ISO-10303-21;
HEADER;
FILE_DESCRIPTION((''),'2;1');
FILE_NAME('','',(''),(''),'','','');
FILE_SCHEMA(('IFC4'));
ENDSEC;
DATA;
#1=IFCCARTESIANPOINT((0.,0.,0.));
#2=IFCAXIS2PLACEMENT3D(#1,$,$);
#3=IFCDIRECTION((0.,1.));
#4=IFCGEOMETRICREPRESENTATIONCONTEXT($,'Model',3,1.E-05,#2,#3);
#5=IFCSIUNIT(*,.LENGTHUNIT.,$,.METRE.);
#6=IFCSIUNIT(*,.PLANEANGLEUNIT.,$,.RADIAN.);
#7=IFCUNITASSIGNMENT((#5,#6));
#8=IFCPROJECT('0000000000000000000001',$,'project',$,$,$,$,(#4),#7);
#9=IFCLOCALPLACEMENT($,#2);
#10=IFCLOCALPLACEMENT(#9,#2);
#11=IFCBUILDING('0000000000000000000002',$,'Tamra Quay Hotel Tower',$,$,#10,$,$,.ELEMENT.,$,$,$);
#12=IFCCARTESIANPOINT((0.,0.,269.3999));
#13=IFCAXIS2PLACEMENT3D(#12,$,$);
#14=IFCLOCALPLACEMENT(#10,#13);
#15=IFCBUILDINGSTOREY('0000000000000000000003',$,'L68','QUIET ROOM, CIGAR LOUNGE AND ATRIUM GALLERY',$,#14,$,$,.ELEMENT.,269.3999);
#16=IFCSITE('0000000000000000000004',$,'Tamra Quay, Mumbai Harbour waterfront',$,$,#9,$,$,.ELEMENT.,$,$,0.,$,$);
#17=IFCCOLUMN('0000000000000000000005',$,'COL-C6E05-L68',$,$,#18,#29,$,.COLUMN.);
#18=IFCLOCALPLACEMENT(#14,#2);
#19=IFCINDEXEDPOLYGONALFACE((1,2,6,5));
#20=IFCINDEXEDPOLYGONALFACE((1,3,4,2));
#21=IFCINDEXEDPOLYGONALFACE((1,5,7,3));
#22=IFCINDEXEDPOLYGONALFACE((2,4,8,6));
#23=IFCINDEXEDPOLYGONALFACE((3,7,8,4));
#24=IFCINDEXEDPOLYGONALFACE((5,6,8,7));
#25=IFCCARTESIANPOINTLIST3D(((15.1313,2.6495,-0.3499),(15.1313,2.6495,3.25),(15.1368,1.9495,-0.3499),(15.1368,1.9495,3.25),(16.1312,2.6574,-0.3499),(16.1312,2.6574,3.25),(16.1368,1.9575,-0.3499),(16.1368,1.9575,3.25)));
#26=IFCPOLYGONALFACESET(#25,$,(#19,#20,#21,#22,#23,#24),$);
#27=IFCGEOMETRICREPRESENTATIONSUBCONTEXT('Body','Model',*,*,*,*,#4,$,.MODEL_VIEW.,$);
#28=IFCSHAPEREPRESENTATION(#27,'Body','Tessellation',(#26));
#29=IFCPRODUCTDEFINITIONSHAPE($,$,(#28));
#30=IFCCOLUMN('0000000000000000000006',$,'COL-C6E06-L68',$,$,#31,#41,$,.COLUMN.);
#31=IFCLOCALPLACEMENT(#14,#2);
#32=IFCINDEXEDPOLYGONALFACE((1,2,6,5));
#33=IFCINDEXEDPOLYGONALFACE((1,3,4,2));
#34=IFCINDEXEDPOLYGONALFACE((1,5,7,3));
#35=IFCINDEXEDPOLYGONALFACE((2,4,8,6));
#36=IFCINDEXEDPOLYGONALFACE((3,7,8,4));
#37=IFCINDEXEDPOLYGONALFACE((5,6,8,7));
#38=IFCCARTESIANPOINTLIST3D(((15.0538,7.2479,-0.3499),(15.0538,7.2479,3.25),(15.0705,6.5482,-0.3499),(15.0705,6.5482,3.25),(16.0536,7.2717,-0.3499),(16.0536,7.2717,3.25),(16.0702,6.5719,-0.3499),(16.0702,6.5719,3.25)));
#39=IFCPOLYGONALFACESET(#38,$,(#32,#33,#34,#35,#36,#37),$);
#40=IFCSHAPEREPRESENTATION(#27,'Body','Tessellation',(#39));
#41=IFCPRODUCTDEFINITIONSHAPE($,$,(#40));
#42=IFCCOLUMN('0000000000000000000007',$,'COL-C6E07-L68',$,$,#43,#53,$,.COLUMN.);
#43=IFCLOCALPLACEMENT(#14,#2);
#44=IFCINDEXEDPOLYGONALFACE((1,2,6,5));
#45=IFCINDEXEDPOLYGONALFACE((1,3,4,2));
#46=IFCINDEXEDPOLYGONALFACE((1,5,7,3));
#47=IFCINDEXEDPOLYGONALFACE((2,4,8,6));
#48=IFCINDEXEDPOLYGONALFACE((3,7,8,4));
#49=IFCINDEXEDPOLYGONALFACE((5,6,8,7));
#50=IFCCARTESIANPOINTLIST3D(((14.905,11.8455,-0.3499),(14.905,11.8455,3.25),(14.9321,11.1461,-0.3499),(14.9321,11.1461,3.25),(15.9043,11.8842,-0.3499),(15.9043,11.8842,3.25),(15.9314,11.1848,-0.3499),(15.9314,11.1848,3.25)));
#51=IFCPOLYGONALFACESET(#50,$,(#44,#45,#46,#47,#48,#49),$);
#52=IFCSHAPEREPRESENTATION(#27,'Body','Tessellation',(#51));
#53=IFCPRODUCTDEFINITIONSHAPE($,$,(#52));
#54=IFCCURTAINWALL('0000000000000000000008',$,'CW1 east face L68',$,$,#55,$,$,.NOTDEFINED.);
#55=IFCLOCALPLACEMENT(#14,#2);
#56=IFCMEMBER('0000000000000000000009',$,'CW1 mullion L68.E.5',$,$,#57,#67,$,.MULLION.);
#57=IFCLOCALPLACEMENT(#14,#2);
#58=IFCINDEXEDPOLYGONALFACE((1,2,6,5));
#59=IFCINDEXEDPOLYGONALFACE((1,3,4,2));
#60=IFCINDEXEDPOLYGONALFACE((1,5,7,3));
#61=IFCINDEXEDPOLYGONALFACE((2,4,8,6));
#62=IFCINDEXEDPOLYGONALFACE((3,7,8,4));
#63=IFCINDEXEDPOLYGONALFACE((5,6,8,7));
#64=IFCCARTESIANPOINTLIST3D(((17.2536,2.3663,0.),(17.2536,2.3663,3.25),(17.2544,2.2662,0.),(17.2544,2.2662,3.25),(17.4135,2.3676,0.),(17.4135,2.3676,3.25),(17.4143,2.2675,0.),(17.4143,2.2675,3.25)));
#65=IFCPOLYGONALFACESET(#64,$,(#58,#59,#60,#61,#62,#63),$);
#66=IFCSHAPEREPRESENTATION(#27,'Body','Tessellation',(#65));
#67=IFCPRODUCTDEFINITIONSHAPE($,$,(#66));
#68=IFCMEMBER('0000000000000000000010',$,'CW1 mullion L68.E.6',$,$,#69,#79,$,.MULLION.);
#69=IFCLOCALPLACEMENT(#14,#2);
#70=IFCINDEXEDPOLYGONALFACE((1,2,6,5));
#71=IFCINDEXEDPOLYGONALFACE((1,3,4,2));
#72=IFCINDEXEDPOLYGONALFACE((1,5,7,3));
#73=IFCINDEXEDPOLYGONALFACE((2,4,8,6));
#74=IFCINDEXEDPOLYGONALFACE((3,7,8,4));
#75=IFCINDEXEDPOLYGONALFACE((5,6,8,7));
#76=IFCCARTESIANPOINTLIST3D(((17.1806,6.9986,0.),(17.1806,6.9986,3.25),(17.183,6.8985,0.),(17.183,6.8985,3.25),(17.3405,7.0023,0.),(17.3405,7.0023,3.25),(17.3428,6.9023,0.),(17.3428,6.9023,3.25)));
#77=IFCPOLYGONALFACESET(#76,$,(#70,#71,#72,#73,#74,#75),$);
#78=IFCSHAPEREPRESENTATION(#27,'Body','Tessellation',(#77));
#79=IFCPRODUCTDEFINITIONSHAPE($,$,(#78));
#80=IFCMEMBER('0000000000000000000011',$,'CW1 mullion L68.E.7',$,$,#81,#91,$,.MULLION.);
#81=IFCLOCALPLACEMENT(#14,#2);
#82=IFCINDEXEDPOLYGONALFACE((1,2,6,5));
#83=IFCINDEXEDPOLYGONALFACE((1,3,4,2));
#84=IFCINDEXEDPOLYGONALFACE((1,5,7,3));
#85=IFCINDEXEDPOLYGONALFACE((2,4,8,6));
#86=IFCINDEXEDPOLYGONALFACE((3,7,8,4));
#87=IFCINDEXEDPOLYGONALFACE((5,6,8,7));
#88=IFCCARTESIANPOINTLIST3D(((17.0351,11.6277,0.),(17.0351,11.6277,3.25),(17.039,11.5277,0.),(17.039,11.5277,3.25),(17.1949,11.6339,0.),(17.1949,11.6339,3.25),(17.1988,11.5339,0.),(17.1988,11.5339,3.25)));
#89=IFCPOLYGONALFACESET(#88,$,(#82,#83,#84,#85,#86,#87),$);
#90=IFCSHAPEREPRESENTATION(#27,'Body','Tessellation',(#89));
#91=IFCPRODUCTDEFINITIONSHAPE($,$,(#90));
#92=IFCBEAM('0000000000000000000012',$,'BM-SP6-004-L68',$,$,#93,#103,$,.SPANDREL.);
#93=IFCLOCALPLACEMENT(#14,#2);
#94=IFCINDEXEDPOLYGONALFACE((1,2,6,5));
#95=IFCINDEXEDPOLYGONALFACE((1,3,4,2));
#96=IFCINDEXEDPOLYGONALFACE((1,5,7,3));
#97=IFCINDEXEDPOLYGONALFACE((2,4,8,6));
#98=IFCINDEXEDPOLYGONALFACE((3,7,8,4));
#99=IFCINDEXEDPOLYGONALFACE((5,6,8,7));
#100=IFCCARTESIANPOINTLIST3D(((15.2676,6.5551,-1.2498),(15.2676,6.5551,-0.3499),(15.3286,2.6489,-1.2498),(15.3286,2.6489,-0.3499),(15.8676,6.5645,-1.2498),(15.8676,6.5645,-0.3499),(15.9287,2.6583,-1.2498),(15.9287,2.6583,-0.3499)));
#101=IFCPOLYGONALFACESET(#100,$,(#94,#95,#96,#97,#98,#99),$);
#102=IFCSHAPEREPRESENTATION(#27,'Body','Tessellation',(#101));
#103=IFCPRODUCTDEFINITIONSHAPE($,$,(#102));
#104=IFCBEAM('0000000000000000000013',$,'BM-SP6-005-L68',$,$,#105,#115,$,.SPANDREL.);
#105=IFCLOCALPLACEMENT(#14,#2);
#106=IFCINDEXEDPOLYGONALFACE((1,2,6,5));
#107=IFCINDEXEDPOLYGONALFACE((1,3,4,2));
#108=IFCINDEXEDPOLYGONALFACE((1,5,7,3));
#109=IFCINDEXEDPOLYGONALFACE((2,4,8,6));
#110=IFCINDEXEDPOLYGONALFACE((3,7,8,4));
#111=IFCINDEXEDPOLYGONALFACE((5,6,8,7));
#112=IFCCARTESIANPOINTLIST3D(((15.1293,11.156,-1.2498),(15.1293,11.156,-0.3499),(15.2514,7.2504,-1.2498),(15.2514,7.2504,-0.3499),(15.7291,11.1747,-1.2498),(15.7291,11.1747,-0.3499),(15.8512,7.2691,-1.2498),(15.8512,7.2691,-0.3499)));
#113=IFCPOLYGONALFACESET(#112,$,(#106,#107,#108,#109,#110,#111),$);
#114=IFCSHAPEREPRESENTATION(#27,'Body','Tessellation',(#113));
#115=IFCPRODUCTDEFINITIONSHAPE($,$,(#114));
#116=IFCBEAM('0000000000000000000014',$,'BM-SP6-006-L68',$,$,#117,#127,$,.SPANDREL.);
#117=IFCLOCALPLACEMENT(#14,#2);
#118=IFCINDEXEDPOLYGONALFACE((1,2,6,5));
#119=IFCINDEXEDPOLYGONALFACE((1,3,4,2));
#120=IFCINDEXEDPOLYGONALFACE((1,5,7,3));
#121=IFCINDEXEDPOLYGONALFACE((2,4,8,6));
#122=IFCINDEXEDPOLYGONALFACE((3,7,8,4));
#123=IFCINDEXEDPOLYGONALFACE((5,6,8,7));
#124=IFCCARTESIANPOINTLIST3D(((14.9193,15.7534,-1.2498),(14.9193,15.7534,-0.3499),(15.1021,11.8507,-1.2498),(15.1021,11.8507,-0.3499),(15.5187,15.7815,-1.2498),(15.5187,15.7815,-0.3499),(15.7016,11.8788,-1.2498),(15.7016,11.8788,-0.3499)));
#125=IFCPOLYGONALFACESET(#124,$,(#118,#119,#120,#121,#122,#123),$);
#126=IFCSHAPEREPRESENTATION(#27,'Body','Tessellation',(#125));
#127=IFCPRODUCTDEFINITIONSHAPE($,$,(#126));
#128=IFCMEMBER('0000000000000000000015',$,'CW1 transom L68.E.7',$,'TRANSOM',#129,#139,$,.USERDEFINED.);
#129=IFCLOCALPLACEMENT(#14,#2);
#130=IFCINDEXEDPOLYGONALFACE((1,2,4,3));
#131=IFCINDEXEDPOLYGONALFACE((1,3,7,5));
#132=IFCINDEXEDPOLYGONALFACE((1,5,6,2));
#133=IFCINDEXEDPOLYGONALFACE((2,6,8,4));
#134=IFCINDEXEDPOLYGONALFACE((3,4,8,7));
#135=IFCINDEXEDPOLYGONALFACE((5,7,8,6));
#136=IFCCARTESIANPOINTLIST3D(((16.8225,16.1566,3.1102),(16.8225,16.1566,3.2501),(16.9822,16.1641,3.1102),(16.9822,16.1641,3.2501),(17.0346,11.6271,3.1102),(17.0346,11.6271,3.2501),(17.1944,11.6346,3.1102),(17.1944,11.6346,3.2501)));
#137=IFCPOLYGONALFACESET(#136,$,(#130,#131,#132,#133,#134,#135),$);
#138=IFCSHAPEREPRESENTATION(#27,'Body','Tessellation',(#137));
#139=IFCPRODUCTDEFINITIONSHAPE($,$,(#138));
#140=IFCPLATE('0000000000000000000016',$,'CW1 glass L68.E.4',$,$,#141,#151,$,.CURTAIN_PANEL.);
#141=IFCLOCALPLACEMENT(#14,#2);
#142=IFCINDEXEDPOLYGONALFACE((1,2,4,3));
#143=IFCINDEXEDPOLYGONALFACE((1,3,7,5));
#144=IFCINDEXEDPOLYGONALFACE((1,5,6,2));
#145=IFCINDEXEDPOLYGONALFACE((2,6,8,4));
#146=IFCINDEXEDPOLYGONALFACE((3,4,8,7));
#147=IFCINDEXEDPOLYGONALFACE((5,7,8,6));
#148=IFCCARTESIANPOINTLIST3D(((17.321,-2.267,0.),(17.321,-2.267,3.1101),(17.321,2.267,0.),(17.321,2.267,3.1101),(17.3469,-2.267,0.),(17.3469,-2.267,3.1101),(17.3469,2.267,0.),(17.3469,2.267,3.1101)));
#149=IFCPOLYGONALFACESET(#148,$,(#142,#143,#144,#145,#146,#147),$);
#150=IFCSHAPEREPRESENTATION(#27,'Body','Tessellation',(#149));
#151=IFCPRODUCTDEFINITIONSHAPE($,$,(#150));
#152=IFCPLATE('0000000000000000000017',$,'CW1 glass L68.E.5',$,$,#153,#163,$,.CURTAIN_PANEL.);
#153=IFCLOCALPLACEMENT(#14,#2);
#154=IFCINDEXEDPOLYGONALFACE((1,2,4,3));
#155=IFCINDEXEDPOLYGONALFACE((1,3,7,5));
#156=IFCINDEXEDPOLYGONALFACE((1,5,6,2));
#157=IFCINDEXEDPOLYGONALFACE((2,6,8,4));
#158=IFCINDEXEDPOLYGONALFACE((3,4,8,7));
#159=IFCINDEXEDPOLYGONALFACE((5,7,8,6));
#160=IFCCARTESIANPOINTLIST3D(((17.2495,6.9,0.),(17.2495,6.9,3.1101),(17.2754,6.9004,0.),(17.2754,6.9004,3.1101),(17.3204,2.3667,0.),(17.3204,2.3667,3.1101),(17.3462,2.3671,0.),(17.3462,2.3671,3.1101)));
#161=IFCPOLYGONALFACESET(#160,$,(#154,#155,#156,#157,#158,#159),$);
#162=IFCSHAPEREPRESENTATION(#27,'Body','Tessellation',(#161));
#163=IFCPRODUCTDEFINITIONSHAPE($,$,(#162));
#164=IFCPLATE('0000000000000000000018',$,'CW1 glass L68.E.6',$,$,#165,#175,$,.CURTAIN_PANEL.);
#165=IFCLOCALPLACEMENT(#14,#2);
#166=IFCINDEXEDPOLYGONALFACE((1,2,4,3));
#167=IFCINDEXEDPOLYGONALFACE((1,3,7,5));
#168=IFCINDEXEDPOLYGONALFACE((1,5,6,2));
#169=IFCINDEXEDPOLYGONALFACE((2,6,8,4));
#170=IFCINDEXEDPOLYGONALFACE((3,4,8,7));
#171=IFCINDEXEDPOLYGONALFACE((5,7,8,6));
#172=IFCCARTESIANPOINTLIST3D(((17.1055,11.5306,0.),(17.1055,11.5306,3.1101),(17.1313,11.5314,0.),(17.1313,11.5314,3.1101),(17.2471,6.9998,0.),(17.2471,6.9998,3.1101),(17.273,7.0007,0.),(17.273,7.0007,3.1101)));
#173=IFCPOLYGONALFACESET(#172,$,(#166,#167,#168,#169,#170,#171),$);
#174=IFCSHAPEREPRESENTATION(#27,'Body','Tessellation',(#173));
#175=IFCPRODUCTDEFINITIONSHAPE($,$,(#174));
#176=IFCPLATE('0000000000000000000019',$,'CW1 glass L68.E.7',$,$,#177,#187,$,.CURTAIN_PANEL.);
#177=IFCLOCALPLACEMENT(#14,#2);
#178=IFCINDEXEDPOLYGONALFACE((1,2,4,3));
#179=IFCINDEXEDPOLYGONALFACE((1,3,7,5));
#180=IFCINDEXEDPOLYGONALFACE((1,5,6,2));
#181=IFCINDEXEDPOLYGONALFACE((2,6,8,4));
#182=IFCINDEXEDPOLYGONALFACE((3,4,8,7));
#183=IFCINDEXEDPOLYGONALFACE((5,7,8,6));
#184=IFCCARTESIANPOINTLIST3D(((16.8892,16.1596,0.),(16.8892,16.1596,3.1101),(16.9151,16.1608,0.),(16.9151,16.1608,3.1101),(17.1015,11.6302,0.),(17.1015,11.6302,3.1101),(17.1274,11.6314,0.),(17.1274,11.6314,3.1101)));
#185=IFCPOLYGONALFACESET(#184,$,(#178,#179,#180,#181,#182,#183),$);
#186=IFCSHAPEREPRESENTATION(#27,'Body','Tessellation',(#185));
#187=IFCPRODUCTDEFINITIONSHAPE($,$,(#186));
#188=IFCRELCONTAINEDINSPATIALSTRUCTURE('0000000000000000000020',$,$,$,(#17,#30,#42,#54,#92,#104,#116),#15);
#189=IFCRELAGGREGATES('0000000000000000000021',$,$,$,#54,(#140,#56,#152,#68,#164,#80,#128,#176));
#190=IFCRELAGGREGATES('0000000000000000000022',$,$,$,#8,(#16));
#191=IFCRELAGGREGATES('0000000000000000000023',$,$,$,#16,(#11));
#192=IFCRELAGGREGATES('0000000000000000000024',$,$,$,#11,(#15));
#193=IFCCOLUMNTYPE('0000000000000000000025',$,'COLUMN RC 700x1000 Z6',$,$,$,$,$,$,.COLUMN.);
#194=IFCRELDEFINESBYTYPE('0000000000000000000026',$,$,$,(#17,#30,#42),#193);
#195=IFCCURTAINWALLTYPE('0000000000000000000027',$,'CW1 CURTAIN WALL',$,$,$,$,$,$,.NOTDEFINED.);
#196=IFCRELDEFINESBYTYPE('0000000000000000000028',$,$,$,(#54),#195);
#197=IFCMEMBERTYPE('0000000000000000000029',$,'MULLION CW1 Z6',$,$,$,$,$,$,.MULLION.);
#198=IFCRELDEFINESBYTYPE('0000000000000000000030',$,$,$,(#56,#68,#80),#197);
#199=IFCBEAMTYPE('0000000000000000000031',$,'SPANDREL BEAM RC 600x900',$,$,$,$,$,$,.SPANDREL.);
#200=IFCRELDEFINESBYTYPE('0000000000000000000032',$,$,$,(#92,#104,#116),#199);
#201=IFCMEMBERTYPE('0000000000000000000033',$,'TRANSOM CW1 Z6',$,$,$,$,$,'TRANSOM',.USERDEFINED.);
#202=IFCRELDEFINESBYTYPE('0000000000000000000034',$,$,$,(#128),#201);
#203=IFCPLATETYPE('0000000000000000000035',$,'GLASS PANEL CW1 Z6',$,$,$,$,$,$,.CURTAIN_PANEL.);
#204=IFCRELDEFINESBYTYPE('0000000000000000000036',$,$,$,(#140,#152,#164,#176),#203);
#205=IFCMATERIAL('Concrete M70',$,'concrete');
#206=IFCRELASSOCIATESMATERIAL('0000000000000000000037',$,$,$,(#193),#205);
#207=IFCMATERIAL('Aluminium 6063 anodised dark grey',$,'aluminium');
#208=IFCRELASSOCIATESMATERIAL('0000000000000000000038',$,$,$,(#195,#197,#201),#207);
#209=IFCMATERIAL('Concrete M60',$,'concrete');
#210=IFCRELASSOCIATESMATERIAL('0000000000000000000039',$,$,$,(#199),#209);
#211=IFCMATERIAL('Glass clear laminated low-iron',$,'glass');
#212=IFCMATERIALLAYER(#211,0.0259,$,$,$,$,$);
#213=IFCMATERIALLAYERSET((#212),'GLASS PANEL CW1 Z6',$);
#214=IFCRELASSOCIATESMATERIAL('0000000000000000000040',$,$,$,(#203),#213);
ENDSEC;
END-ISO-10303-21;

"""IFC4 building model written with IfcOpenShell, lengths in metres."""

from ifc_helpers import new_model, si_unit, direction, frame, origin, origin_2d, place, context, subcontext, project, spatial, rectangle, extrude, material, layer, layer_set, material_profile, profile_set, type_object, element, aggregate, save


model = new_model("IFC4")

# Units and contexts
model_context = context("Model", 3, precision=1e-05, world=origin(), true_north=direction((0.0, 1.0)))
body_context = subcontext(model_context, "Body", "Model", "MODEL_VIEW")
ifc_project = project(units=[si_unit("LENGTHUNIT", "METRE"), si_unit("PLANEANGLEUNIT", "RADIAN")], contexts=[model_context])

# Site, building, storey
site_placement = place(None, origin())
site = spatial("IfcSite", under=ifc_project, at=site_placement, Name="Tamra Quay, Mumbai Harbour waterfront", CompositionType="ELEMENT", RefElevation=0.0)
building_placement = place(site_placement, origin())
building = spatial("IfcBuilding", under=site, at=building_placement, Name="Tamra Quay Hotel Tower", CompositionType="ELEMENT")
storey_placement = place(building_placement, frame((0.0, 0.0, 269.3999)))
storey = spatial("IfcBuildingStorey", under=building, at=storey_placement, Name="L68", Description="QUIET ROOM, CIGAR LOUNGE AND ATRIUM GALLERY", CompositionType="ELEMENT", Elevation=269.3999)

# Columns
ifc_material_1 = material(Name="Concrete M70", Category="concrete")
ifc_material_profile_1 = material_profile(ifc_material_1, rectangle(XDim=1.0, YDim=0.7, at=origin_2d()), Name="COLUMN RC 700x1000 Z6")
ifc_profile_set_1 = profile_set([ifc_material_profile_1], Name="Concrete M70")
column_type = type_object("IfcColumnType", Name="COLUMN RC 700x1000 Z6", PredefinedType="COLUMN", material=ifc_profile_set_1)
for number, where, z_axis, x_axis, name in (
    (1, (15.634, 2.3035, -0.3499), (0.0, 0.0, 1.0), (0.999969, 0.00792, 0.0), "COL-C6E05-L68"),
    (2, (15.562, 6.9099, -0.3499), (0.0, 0.0, 1.0), (0.999718, 0.023753, 0.0), "COL-C6E06-L68"),
    (3, (15.4182, 11.5151, -0.3499), (0.0, 0.0, 1.0), (0.999251, 0.038691, 0.0), "COL-C6E07-L68"),
):
    element("IfcColumn", number, at=place(storey_placement, frame(where, z_axis=z_axis, x_axis=x_axis)), inside=storey, type_object=column_type, Name=name, PredefinedType="COLUMN", context=body_context, shape_type="SweptSolid", body=[
        extrude(rectangle(XDim=1.0, YDim=0.7, at=origin_2d()), origin(), (0.0, 0.0, 1.0), 3.5999),
    ])

# Curtain wall, members
ifc_material_2 = material(Name="Aluminium 6063 anodised dark grey", Category="aluminium")
curtain_wall_type = type_object("IfcCurtainWallType", Name="CW1 CURTAIN WALL", PredefinedType="NOTDEFINED", material=ifc_material_2)
curtain_wall_placement = place(storey_placement, origin())
curtain_wall = element("IfcCurtainWall", 4, at=curtain_wall_placement, inside=storey, type_object=curtain_wall_type, Name="CW1 east face L68", PredefinedType="NOTDEFINED")
ifc_material_profile_2 = material_profile(ifc_material_2, rectangle(XDim=0.1599, YDim=0.1001, at=origin_2d()), Name="MULLION 100X160")
ifc_profile_set_2 = profile_set([ifc_material_profile_2], Name="Aluminium 6063 anodised dark grey")
member_type_1 = type_object("IfcMemberType", Name="MULLION CW1 Z6", PredefinedType="MULLION", material=ifc_profile_set_2)
member_1_placement = place(storey_placement, frame((17.334, 2.3169, 0.0), z_axis=(0.0, 0.0, 1.0), x_axis=(0.999969, 0.007816, 0.0)))
member_1 = element("IfcMember", 5, at=member_1_placement, type_object=member_type_1, Name="CW1 mullion L68.E.5", PredefinedType="MULLION", context=body_context, shape_type="SweptSolid", body=[
    extrude(rectangle(XDim=0.1599, YDim=0.1001, at=origin_2d()), origin(), (0.0, 0.0, 1.0), 3.25),
])
member_2_placement = place(storey_placement, frame((17.2617, 6.9504, 0.0), z_axis=(0.0, 0.0, 1.0), x_axis=(0.999725, 0.023438, 0.0)))
member_2 = element("IfcMember", 6, at=member_2_placement, type_object=member_type_1, Name="CW1 mullion L68.E.6", PredefinedType="MULLION", context=body_context, shape_type="SweptSolid", body=[
    extrude(rectangle(XDim=0.1599, YDim=0.1001, at=origin_2d()), origin(), (0.0, 0.0, 1.0), 3.25),
])
member_3_placement = place(storey_placement, frame((17.1169, 11.5808, 0.0), z_axis=(0.0, 0.0, 1.0), x_axis=(0.999238, 0.039033, 0.0)))
member_3 = element("IfcMember", 7, at=member_3_placement, type_object=member_type_1, Name="CW1 mullion L68.E.7", PredefinedType="MULLION", context=body_context, shape_type="SweptSolid", body=[
    extrude(rectangle(XDim=0.1599, YDim=0.1001, at=origin_2d()), origin(), (0.0, 0.0, 1.0), 3.25),
])

# Beams
ifc_material_3 = material(Name="Concrete M60", Category="concrete")
ifc_material_profile_3 = material_profile(ifc_material_3, rectangle(XDim=0.6001, YDim=0.8999, at=origin_2d()), Name="SPANDREL BEAM RC 600x900")
ifc_profile_set_3 = profile_set([ifc_material_profile_3], Name="Concrete M60")
beam_type = type_object("IfcBeamType", Name="SPANDREL BEAM RC 600x900", PredefinedType="SPANDREL", material=ifc_profile_set_3)
beam_1_placement = place(storey_placement, frame((15.6287, 2.6536, -0.7998), z_axis=(-0.015623, 0.999878, 0.0), x_axis=(-0.999878, -0.015623, 0.0)))
element("IfcBeam", 8, at=beam_1_placement, inside=storey, type_object=beam_type, Name="BM-SP6-004-L68", PredefinedType="SPANDREL", context=body_context, shape_type="SweptSolid", body=[
    extrude(rectangle(XDim=0.6001, YDim=0.8999, at=origin_2d()), origin(), (0.0, 0.0, 1.0), 3.9067),
])
beam_2_placement = place(storey_placement, frame((15.5513, 7.2598, -0.7998), z_axis=(-0.031241, 0.999512, 0.0), x_axis=(-0.999512, -0.031241, 0.0)))
element("IfcBeam", 9, at=beam_2_placement, inside=storey, type_object=beam_type, Name="BM-SP6-005-L68", PredefinedType="SPANDREL", context=body_context, shape_type="SweptSolid", body=[
    extrude(rectangle(XDim=0.6001, YDim=0.8999, at=origin_2d()), origin(), (0.0, 0.0, 1.0), 3.9075),
])
beam_3_placement = place(storey_placement, frame((15.4019, 11.8647, -0.7998), z_axis=(-0.046805, 0.998904, 0.0), x_axis=(-0.998904, -0.046805, 0.0)))
element("IfcBeam", 10, at=beam_3_placement, inside=storey, type_object=beam_type, Name="BM-SP6-006-L68", PredefinedType="SPANDREL", context=body_context, shape_type="SweptSolid", body=[
    extrude(rectangle(XDim=0.6001, YDim=0.8999, at=origin_2d()), origin(), (0.0, 0.0, 1.0), 3.907),
])

# Member
ifc_material_profile_4 = material_profile(ifc_material_2, rectangle(XDim=0.1599, YDim=0.1399, at=origin_2d()), Name="TRANSOM 160X140")
ifc_profile_set_4 = profile_set([ifc_material_profile_4], Name="Aluminium 6063 anodised dark grey")
member_type_2 = type_object("IfcMemberType", Name="TRANSOM CW1 Z6", ElementType="TRANSOM", PredefinedType="USERDEFINED", material=ifc_profile_set_4)
member_4_placement = place(storey_placement, frame((17.1145, 11.6309, 3.1802), z_axis=(-0.046787, 0.998905, 0.0), x_axis=(-0.998905, -0.046787, 0.0)))
member_4 = element("IfcMember", 11, at=member_4_placement, type_object=member_type_2, Name="CW1 transom L68.E.7", ObjectType="TRANSOM", PredefinedType="USERDEFINED", context=body_context, shape_type="SweptSolid", body=[
    extrude(rectangle(XDim=0.1599, YDim=0.1399, at=origin_2d()), origin(), (0.0, 0.0, 1.0), 4.5344),
])

# Plates
ifc_material_4 = material(Name="Glass clear laminated low-iron", Category="glass")
ifc_layer_1 = layer(ifc_material_4, 0.0259)
ifc_layer_set_1 = layer_set([ifc_layer_1], Name="GLASS PANEL CW1 Z6")
plate_type = type_object("IfcPlateType", Name="GLASS PANEL CW1 Z6", PredefinedType="CURTAIN_PANEL", material=ifc_layer_set_1)
plate_1_placement = place(storey_placement, frame((17.334, 0.0, 0.0), z_axis=(0.0, 0.0, 1.0), x_axis=(0.0, 1.0, 0.0)))
plate_1 = element("IfcPlate", 12, at=plate_1_placement, type_object=plate_type, Name="CW1 glass L68.E.4", PredefinedType="CURTAIN_PANEL", context=body_context, shape_type="SweptSolid", body=[
    extrude(rectangle(XDim=4.5339, YDim=0.0259, at=origin_2d()), origin(), (0.0, 0.0, 1.0), 3.1101),
])
plate_2_placement = place(storey_placement, frame((17.2979, 4.6335, 0.0), z_axis=(0.0, 0.0, 1.0), x_axis=(-0.015632, 0.999878, 0.0)))
plate_2 = element("IfcPlate", 13, at=plate_2_placement, type_object=plate_type, Name="CW1 glass L68.E.5", PredefinedType="CURTAIN_PANEL", context=body_context, shape_type="SweptSolid", body=[
    extrude(rectangle(XDim=4.5339, YDim=0.0259, at=origin_2d()), origin(), (0.0, 0.0, 1.0), 3.1101),
])
plate_3_placement = place(storey_placement, frame((17.1892, 9.2656, 0.0), z_axis=(0.0, 0.0, 1.0), x_axis=(-0.031242, 0.999512, 0.0)))
plate_3 = element("IfcPlate", 14, at=plate_3_placement, type_object=plate_type, Name="CW1 glass L68.E.6", PredefinedType="CURTAIN_PANEL", context=body_context, shape_type="SweptSolid", body=[
    extrude(rectangle(XDim=4.533, YDim=0.0259, at=origin_2d()), origin(), (0.0, 0.0, 1.0), 3.1101),
])
plate_4_placement = place(storey_placement, frame((17.0083, 13.8955, 0.0), z_axis=(0.0, 0.0, 1.0), x_axis=(-0.046821, 0.998903, 0.0)))
plate_4 = element("IfcPlate", 15, at=plate_4_placement, type_object=plate_type, Name="CW1 glass L68.E.7", PredefinedType="CURTAIN_PANEL", context=body_context, shape_type="SweptSolid", body=[
    extrude(rectangle(XDim=4.5344, YDim=0.0259, at=origin_2d()), origin(), (0.0, 0.0, 1.0), 3.1101),
])
aggregate(curtain_wall, [plate_1, member_1, plate_2, member_2, plate_3, member_3, member_4, plate_4])

save(model, "model.ifc")
